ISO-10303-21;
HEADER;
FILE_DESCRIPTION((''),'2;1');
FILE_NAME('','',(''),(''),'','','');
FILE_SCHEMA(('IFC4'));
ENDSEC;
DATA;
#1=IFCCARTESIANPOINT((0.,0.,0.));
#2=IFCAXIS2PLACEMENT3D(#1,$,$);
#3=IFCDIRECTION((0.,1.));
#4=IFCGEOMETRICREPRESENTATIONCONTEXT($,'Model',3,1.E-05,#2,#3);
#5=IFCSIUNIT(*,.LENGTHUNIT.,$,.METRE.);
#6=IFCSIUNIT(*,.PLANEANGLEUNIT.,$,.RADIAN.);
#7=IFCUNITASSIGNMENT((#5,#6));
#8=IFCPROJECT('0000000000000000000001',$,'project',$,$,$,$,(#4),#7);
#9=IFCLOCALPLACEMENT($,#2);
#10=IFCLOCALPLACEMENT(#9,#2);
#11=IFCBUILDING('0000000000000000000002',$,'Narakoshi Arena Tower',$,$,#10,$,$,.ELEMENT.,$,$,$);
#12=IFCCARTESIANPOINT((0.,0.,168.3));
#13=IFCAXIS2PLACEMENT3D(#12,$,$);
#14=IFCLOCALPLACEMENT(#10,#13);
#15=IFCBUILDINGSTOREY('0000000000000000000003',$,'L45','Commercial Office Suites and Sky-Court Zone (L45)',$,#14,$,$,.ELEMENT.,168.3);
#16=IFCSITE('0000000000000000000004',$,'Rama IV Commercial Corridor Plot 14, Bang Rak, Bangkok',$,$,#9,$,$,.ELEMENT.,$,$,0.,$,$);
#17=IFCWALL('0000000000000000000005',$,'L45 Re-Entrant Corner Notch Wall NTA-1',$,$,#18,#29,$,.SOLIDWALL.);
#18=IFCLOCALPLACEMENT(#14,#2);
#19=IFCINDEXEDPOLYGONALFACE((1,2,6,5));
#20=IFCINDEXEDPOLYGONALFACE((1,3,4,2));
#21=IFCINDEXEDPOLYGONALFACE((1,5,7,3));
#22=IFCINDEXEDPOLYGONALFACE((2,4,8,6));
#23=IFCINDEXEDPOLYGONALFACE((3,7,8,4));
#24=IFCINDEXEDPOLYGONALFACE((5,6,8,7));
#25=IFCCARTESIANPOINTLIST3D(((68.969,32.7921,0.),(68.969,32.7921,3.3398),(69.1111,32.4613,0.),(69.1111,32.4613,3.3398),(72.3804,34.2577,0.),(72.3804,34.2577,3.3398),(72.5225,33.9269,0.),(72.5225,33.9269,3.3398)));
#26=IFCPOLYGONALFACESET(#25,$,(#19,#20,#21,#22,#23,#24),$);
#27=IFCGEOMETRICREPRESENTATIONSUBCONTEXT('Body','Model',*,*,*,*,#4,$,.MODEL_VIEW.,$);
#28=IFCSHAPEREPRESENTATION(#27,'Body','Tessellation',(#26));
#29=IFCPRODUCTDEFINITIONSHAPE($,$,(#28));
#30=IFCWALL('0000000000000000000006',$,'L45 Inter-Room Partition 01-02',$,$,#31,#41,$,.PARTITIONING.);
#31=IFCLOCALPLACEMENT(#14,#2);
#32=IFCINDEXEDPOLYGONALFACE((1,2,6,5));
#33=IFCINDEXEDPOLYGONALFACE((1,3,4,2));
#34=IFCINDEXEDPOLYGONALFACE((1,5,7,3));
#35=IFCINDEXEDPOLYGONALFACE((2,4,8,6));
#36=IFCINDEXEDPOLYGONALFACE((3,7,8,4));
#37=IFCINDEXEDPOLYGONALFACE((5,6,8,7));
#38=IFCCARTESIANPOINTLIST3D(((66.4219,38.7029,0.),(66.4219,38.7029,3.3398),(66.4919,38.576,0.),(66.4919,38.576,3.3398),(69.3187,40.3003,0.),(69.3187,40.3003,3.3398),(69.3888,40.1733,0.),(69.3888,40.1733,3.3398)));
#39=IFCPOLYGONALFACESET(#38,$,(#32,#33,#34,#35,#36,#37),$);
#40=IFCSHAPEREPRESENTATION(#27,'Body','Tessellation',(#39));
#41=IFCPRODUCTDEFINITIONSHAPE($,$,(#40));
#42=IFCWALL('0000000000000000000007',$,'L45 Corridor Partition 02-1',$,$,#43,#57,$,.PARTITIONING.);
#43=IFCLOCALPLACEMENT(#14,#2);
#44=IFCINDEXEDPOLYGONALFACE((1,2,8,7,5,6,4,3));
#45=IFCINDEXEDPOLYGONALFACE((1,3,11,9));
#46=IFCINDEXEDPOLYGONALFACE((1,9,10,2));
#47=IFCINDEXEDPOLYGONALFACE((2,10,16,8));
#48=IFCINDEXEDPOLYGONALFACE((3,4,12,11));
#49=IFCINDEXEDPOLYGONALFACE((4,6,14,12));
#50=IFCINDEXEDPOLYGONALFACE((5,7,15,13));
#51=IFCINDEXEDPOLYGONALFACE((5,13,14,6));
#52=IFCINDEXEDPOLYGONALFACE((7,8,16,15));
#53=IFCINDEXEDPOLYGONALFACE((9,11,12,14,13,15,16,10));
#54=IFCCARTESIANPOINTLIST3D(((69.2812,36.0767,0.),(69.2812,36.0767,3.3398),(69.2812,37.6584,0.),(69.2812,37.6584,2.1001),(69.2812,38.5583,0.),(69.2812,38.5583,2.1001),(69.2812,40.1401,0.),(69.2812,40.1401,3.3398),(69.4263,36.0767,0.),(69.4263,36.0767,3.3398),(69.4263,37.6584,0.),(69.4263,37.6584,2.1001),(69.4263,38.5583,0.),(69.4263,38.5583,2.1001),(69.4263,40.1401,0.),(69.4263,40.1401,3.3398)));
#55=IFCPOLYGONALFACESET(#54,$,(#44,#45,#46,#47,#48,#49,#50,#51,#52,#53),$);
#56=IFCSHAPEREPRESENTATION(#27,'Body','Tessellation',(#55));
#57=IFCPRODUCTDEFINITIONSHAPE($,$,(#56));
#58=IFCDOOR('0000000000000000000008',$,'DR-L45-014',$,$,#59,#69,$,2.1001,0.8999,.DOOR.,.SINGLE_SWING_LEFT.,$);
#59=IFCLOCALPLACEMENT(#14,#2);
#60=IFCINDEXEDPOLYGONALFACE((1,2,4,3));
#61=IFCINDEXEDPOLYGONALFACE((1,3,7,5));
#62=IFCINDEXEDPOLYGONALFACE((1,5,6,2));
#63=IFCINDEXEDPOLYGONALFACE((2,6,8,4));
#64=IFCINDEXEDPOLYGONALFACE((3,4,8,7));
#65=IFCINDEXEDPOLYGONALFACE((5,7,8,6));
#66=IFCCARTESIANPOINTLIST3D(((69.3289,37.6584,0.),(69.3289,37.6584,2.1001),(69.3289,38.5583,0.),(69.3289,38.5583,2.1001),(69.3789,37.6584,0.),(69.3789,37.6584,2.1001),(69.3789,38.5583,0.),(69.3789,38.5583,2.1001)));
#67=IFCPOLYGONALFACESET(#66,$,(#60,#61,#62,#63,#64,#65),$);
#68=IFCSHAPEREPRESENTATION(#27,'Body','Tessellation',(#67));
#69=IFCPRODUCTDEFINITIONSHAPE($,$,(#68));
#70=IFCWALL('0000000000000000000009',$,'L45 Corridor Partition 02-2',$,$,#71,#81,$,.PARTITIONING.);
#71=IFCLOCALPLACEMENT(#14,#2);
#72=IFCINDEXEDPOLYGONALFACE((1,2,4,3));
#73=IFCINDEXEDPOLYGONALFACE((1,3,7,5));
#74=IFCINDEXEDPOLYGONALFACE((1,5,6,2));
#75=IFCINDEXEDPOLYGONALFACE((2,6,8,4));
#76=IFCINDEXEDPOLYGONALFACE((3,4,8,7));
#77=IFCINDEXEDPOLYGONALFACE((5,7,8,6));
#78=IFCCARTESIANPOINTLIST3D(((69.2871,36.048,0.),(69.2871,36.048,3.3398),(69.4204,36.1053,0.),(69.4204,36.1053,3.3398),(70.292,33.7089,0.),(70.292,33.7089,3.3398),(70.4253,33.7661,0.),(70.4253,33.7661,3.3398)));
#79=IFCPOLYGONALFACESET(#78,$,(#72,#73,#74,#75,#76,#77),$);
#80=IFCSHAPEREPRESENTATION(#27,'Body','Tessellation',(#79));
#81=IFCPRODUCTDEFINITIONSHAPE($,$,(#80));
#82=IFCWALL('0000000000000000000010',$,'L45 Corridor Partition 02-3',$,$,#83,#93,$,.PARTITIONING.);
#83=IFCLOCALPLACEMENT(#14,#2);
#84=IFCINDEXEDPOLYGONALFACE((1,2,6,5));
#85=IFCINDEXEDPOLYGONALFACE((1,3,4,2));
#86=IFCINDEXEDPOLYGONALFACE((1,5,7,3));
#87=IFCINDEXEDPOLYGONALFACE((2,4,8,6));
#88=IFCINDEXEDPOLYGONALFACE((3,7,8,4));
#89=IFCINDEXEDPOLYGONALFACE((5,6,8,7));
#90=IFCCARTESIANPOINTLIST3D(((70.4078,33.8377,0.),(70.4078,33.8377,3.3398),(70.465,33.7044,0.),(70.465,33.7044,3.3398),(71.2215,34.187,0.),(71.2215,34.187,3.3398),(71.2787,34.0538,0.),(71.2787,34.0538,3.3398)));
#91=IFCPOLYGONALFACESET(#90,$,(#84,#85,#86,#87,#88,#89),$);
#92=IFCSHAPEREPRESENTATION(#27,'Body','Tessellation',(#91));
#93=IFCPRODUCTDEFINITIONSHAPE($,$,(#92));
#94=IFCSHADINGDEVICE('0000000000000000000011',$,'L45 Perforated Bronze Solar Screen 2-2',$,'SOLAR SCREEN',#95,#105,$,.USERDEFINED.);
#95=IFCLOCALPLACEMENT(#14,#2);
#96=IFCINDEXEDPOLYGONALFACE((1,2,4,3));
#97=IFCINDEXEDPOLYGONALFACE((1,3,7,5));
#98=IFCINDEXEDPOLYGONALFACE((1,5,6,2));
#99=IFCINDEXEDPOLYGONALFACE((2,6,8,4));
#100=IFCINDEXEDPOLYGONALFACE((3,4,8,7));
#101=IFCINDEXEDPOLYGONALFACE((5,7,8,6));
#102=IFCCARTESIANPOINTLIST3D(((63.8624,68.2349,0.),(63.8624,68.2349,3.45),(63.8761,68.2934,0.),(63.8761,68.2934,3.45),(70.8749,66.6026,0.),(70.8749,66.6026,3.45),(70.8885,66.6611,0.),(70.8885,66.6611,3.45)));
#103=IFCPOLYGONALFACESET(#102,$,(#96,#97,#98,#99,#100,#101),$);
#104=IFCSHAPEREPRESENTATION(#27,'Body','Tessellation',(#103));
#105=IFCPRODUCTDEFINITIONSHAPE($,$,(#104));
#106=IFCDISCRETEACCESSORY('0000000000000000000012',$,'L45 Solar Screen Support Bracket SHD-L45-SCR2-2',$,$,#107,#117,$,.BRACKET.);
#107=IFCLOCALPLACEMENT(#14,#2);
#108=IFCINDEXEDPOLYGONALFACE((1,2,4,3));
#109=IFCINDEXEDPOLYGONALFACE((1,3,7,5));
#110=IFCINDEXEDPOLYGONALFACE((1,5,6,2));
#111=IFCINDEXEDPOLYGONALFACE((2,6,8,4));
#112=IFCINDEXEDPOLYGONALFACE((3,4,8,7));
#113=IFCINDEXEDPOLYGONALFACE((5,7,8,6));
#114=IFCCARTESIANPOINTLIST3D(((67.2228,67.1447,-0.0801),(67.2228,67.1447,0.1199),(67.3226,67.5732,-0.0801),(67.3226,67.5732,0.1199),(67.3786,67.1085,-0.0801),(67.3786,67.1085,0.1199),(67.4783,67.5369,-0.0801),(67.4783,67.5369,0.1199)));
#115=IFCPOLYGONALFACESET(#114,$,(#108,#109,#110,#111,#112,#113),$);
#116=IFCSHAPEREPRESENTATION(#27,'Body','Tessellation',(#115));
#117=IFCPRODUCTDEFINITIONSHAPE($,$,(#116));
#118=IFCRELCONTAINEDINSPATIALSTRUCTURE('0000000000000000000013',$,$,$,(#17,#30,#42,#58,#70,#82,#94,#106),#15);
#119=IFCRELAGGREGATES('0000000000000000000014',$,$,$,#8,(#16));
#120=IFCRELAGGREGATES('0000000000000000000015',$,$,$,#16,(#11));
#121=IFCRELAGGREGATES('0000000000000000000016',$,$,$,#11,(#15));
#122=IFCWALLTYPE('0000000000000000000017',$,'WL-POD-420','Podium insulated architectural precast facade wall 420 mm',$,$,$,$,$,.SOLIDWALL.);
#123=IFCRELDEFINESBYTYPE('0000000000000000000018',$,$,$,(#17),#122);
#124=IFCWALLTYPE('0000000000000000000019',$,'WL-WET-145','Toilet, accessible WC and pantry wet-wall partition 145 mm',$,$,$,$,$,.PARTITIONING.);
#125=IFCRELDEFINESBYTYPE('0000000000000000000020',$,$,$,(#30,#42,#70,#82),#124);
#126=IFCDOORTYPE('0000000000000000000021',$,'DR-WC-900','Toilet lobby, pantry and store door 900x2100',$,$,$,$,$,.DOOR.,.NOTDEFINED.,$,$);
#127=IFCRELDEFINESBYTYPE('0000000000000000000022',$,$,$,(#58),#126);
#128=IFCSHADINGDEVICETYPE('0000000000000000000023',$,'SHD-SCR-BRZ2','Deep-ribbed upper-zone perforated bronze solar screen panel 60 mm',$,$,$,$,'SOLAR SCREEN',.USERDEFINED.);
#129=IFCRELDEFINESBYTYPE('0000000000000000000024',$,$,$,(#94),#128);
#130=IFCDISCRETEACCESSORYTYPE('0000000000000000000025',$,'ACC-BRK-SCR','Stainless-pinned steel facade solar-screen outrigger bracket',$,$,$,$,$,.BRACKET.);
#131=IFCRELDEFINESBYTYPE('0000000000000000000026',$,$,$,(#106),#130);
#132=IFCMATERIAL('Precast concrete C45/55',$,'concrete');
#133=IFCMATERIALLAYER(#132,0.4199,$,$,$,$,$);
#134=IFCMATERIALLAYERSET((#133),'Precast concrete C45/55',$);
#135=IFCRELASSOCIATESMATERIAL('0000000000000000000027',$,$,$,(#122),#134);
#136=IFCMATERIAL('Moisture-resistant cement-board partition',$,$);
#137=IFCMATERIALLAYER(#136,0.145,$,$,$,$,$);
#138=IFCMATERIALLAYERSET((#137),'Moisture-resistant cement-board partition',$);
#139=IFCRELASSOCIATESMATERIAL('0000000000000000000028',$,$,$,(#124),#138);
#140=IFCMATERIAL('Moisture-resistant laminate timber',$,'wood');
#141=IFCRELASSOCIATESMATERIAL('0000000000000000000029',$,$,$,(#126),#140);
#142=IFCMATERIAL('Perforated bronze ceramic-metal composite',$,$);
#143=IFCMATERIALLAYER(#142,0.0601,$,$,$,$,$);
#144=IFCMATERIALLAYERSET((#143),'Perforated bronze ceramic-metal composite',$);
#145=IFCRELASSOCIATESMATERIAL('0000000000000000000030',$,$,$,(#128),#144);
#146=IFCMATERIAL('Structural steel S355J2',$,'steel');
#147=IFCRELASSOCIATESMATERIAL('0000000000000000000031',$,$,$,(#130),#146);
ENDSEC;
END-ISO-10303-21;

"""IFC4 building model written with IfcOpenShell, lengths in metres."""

from ifc_helpers import new_model, si_unit, direction, frame, frame_2d, origin, origin_2d, place, context, subcontext, project, spatial, rectangle, extrude, material, layer, layer_set, type_object, element, fill, save


model = new_model("IFC4")

# Units and contexts
model_context = context("Model", 3, precision=1e-05, world=origin(), true_north=direction((0.0, 1.0)))
body_context = subcontext(model_context, "Body", "Model", "MODEL_VIEW")
ifc_project = project(units=[si_unit("LENGTHUNIT", "METRE"), si_unit("PLANEANGLEUNIT", "RADIAN")], contexts=[model_context])

# Site, building, storey
site_placement = place(None, origin())
site = spatial("IfcSite", under=ifc_project, at=site_placement, Name="Rama IV Commercial Corridor Plot 14, Bang Rak, Bangkok", CompositionType="ELEMENT", RefElevation=0.0)
building_placement = place(site_placement, origin())
building = spatial("IfcBuilding", under=site, at=building_placement, Name="Narakoshi Arena Tower", CompositionType="ELEMENT")
storey_placement = place(building_placement, frame((0.0, 0.0, 168.3)))
storey = spatial("IfcBuildingStorey", under=building, at=storey_placement, Name="L45", Description="Commercial Office Suites and Sky-Court Zone (L45)", CompositionType="ELEMENT", Elevation=168.3)

# Shared definitions
ifc_material_1 = material(Name="Structural steel S355J2", Category="steel")

# Walls
ifc_material_2 = material(Name="Precast concrete C45/55", Category="concrete")
ifc_layer_1 = layer(ifc_material_2, 0.4199)
ifc_layer_set_1 = layer_set([ifc_layer_1], Name="Precast concrete C45/55")
wall_type_1 = type_object("IfcWallType", Name="WL-POD-420", Description="Podium insulated architectural precast facade wall 420 mm", PredefinedType="SOLIDWALL", material=ifc_layer_set_1)
wall_1_placement = place(storey_placement, frame((69.04, 32.6267, 0.0), z_axis=(0.0, 0.0, 1.0), x_axis=(0.918798, 0.394729, 0.0)))
element("IfcWall", 1, at=wall_1_placement, inside=storey, type_object=wall_type_1, Name="L45 Re-Entrant Corner Notch Wall NTA-1", PredefinedType="SOLIDWALL", context=body_context, shape_type="SweptSolid", body=[
    extrude(rectangle(XDim=3.7129, YDim=0.3601, at=frame_2d((1.8564, 0.0))), origin(), (0.0, 0.0, 1.0), 3.3398),
])
ifc_material_3 = material(Name="Moisture-resistant cement-board partition")
ifc_layer_2 = layer(ifc_material_3, 0.145)
ifc_layer_set_2 = layer_set([ifc_layer_2], Name="Moisture-resistant cement-board partition")
wall_type_2 = type_object("IfcWallType", Name="WL-WET-145", Description="Toilet, accessible WC and pantry wet-wall partition 145 mm", PredefinedType="PARTITIONING", material=ifc_layer_set_2)
wall_2_placement = place(storey_placement, frame((69.3538, 40.2368, 0.0), z_axis=(0.0, 0.0, 1.0), x_axis=(-0.875695, -0.482865, 0.0)))
element("IfcWall", 2, at=wall_2_placement, inside=storey, type_object=wall_type_2, Name="L45 Inter-Room Partition 01-02", PredefinedType="PARTITIONING", context=body_context, shape_type="SweptSolid", body=[
    extrude(rectangle(XDim=3.3081, YDim=0.145, at=frame_2d((1.6541, 0.0))), origin(), (0.0, 0.0, 1.0), 3.3398),
])

# Wall, opening, door
wall_3_placement = place(storey_placement, frame((69.3538, 40.1401, 0.0), z_axis=(0.0, 0.0, 1.0), x_axis=(0.0, -1.0, 0.0)))
wall_3 = element("IfcWall", 3, at=wall_3_placement, inside=storey, type_object=wall_type_2, Name="L45 Corridor Partition 02-1", PredefinedType="PARTITIONING", context=body_context, shape_type="SweptSolid", body=[
    extrude(rectangle(XDim=4.0635, YDim=0.145, at=frame_2d((2.0317, 0.0))), origin(), (0.0, 0.0, 1.0), 3.3398),
])
opening_1_placement = place(wall_3_placement, frame((1.5818, 0.0, 0.0)))
opening_1 = element("IfcOpeningElement", 4, at=opening_1_placement, cuts=wall_3, PredefinedType="OPENING", context=body_context, shape_type="SweptSolid", body=[
    extrude(rectangle(XDim=0.8999, YDim=2.1001, at=frame_2d((0.45, 1.05))), frame((0.0, 0.0825, 0.0), z_axis=(0.0, -1.0, 0.0), x_axis=(1.0, 0.0, 0.0)), (0.0, 0.0, 1.0), 0.165),
])
ifc_material_4 = material(Name="Moisture-resistant laminate timber", Category="wood")
door_type_1 = type_object("IfcDoorType", Name="DR-WC-900", Description="Toilet lobby, pantry and store door 900x2100", OperationType="NOTDEFINED", PredefinedType="DOOR", material=ifc_material_4)
door_1_placement = place(opening_1_placement, frame((0.8999, 0.0, 0.0), z_axis=(0.0, 0.0, 1.0), x_axis=(-1.0, 0.0, 0.0)))
door_1 = element("IfcDoor", 5, at=door_1_placement, inside=storey, type_object=door_type_1, Name="DR-L45-014", OperationType="SINGLE_SWING_LEFT", OverallHeight=2.1001, OverallWidth=0.8999, PredefinedType="DOOR", context=body_context, shape_type="SweptSolid", body=[
    extrude(rectangle(XDim=0.8999, YDim=2.1001, at=frame_2d((0.45, 1.05))), frame((0.0, 0.0249, 0.0), z_axis=(0.0, -1.0, 0.0), x_axis=(1.0, 0.0, 0.0)), (0.0, 0.0, 1.0), 0.05),
])
fill(opening_1, door_1)

# Walls
wall_4_placement = place(storey_placement, frame((69.3538, 36.0767, 0.0), z_axis=(0.0, 0.0, 1.0), x_axis=(0.394718, -0.918802, 0.0)))
element("IfcWall", 6, at=wall_4_placement, inside=storey, type_object=wall_type_2, Name="L45 Corridor Partition 02-2", PredefinedType="PARTITIONING", context=body_context, shape_type="SweptSolid", body=[
    extrude(rectangle(XDim=2.5459, YDim=0.145, at=frame_2d((1.2729, 0.0))), origin(), (0.0, 0.0, 1.0), 3.3398),
])
wall_5_placement = place(storey_placement, frame((70.4363, 33.771, 0.0), z_axis=(0.0, 0.0, 1.0), x_axis=(0.918888, 0.394518, 0.0)))
element("IfcWall", 7, at=wall_5_placement, inside=storey, type_object=wall_type_2, Name="L45 Corridor Partition 02-3", PredefinedType="PARTITIONING", context=body_context, shape_type="SweptSolid", body=[
    extrude(rectangle(XDim=0.8855, YDim=0.145, at=frame_2d((0.4429, 0.0))), origin(), (0.0, 0.0, 1.0), 3.3398),
])

# Shading device
ifc_material_5 = material(Name="Perforated bronze ceramic-metal composite")
ifc_layer_3 = layer(ifc_material_5, 0.0601)
ifc_layer_set_3 = layer_set([ifc_layer_3], Name="Perforated bronze ceramic-metal composite")
shading_device_type = type_object("IfcShadingDeviceType", Name="SHD-SCR-BRZ2", Description="Deep-ribbed upper-zone perforated bronze solar screen panel 60 mm", ElementType="SOLAR SCREEN", PredefinedType="USERDEFINED", material=ifc_layer_set_3)
shading_device_placement = place(storey_placement, frame((67.3755, 67.448, 0.0), z_axis=(0.0, 0.0, 1.0), x_axis=(-0.97396, 0.226719, 0.0)))
element("IfcShadingDevice", 8, at=shading_device_placement, inside=storey, type_object=shading_device_type, Name="L45 Perforated Bronze Solar Screen 2-2", ObjectType="SOLAR SCREEN", PredefinedType="USERDEFINED", context=body_context, shape_type="SweptSolid", body=[
    extrude(rectangle(XDim=7.2, YDim=0.0601, at=origin_2d()), origin(), (0.0, 0.0, 1.0), 3.45),
])

# Discrete accessory
discrete_accessory_type = type_object("IfcDiscreteAccessoryType", Name="ACC-BRK-SCR", Description="Stainless-pinned steel facade solar-screen outrigger bracket", PredefinedType="BRACKET", material=ifc_material_1)
discrete_accessory_placement = place(storey_placement, frame((67.3506, 67.3408, -0.0801), z_axis=(0.0, 0.0, 1.0), x_axis=(-0.97396, 0.226719, 0.0)))
element("IfcDiscreteAccessory", 9, at=discrete_accessory_placement, inside=storey, type_object=discrete_accessory_type, Name="L45 Solar Screen Support Bracket SHD-L45-SCR2-2", PredefinedType="BRACKET", context=body_context, shape_type="SweptSolid", body=[
    extrude(rectangle(XDim=0.1599, YDim=0.4399, at=origin_2d()), origin(), (0.0, 0.0, 1.0), 0.2),
])

save(model, "model.ifc")
